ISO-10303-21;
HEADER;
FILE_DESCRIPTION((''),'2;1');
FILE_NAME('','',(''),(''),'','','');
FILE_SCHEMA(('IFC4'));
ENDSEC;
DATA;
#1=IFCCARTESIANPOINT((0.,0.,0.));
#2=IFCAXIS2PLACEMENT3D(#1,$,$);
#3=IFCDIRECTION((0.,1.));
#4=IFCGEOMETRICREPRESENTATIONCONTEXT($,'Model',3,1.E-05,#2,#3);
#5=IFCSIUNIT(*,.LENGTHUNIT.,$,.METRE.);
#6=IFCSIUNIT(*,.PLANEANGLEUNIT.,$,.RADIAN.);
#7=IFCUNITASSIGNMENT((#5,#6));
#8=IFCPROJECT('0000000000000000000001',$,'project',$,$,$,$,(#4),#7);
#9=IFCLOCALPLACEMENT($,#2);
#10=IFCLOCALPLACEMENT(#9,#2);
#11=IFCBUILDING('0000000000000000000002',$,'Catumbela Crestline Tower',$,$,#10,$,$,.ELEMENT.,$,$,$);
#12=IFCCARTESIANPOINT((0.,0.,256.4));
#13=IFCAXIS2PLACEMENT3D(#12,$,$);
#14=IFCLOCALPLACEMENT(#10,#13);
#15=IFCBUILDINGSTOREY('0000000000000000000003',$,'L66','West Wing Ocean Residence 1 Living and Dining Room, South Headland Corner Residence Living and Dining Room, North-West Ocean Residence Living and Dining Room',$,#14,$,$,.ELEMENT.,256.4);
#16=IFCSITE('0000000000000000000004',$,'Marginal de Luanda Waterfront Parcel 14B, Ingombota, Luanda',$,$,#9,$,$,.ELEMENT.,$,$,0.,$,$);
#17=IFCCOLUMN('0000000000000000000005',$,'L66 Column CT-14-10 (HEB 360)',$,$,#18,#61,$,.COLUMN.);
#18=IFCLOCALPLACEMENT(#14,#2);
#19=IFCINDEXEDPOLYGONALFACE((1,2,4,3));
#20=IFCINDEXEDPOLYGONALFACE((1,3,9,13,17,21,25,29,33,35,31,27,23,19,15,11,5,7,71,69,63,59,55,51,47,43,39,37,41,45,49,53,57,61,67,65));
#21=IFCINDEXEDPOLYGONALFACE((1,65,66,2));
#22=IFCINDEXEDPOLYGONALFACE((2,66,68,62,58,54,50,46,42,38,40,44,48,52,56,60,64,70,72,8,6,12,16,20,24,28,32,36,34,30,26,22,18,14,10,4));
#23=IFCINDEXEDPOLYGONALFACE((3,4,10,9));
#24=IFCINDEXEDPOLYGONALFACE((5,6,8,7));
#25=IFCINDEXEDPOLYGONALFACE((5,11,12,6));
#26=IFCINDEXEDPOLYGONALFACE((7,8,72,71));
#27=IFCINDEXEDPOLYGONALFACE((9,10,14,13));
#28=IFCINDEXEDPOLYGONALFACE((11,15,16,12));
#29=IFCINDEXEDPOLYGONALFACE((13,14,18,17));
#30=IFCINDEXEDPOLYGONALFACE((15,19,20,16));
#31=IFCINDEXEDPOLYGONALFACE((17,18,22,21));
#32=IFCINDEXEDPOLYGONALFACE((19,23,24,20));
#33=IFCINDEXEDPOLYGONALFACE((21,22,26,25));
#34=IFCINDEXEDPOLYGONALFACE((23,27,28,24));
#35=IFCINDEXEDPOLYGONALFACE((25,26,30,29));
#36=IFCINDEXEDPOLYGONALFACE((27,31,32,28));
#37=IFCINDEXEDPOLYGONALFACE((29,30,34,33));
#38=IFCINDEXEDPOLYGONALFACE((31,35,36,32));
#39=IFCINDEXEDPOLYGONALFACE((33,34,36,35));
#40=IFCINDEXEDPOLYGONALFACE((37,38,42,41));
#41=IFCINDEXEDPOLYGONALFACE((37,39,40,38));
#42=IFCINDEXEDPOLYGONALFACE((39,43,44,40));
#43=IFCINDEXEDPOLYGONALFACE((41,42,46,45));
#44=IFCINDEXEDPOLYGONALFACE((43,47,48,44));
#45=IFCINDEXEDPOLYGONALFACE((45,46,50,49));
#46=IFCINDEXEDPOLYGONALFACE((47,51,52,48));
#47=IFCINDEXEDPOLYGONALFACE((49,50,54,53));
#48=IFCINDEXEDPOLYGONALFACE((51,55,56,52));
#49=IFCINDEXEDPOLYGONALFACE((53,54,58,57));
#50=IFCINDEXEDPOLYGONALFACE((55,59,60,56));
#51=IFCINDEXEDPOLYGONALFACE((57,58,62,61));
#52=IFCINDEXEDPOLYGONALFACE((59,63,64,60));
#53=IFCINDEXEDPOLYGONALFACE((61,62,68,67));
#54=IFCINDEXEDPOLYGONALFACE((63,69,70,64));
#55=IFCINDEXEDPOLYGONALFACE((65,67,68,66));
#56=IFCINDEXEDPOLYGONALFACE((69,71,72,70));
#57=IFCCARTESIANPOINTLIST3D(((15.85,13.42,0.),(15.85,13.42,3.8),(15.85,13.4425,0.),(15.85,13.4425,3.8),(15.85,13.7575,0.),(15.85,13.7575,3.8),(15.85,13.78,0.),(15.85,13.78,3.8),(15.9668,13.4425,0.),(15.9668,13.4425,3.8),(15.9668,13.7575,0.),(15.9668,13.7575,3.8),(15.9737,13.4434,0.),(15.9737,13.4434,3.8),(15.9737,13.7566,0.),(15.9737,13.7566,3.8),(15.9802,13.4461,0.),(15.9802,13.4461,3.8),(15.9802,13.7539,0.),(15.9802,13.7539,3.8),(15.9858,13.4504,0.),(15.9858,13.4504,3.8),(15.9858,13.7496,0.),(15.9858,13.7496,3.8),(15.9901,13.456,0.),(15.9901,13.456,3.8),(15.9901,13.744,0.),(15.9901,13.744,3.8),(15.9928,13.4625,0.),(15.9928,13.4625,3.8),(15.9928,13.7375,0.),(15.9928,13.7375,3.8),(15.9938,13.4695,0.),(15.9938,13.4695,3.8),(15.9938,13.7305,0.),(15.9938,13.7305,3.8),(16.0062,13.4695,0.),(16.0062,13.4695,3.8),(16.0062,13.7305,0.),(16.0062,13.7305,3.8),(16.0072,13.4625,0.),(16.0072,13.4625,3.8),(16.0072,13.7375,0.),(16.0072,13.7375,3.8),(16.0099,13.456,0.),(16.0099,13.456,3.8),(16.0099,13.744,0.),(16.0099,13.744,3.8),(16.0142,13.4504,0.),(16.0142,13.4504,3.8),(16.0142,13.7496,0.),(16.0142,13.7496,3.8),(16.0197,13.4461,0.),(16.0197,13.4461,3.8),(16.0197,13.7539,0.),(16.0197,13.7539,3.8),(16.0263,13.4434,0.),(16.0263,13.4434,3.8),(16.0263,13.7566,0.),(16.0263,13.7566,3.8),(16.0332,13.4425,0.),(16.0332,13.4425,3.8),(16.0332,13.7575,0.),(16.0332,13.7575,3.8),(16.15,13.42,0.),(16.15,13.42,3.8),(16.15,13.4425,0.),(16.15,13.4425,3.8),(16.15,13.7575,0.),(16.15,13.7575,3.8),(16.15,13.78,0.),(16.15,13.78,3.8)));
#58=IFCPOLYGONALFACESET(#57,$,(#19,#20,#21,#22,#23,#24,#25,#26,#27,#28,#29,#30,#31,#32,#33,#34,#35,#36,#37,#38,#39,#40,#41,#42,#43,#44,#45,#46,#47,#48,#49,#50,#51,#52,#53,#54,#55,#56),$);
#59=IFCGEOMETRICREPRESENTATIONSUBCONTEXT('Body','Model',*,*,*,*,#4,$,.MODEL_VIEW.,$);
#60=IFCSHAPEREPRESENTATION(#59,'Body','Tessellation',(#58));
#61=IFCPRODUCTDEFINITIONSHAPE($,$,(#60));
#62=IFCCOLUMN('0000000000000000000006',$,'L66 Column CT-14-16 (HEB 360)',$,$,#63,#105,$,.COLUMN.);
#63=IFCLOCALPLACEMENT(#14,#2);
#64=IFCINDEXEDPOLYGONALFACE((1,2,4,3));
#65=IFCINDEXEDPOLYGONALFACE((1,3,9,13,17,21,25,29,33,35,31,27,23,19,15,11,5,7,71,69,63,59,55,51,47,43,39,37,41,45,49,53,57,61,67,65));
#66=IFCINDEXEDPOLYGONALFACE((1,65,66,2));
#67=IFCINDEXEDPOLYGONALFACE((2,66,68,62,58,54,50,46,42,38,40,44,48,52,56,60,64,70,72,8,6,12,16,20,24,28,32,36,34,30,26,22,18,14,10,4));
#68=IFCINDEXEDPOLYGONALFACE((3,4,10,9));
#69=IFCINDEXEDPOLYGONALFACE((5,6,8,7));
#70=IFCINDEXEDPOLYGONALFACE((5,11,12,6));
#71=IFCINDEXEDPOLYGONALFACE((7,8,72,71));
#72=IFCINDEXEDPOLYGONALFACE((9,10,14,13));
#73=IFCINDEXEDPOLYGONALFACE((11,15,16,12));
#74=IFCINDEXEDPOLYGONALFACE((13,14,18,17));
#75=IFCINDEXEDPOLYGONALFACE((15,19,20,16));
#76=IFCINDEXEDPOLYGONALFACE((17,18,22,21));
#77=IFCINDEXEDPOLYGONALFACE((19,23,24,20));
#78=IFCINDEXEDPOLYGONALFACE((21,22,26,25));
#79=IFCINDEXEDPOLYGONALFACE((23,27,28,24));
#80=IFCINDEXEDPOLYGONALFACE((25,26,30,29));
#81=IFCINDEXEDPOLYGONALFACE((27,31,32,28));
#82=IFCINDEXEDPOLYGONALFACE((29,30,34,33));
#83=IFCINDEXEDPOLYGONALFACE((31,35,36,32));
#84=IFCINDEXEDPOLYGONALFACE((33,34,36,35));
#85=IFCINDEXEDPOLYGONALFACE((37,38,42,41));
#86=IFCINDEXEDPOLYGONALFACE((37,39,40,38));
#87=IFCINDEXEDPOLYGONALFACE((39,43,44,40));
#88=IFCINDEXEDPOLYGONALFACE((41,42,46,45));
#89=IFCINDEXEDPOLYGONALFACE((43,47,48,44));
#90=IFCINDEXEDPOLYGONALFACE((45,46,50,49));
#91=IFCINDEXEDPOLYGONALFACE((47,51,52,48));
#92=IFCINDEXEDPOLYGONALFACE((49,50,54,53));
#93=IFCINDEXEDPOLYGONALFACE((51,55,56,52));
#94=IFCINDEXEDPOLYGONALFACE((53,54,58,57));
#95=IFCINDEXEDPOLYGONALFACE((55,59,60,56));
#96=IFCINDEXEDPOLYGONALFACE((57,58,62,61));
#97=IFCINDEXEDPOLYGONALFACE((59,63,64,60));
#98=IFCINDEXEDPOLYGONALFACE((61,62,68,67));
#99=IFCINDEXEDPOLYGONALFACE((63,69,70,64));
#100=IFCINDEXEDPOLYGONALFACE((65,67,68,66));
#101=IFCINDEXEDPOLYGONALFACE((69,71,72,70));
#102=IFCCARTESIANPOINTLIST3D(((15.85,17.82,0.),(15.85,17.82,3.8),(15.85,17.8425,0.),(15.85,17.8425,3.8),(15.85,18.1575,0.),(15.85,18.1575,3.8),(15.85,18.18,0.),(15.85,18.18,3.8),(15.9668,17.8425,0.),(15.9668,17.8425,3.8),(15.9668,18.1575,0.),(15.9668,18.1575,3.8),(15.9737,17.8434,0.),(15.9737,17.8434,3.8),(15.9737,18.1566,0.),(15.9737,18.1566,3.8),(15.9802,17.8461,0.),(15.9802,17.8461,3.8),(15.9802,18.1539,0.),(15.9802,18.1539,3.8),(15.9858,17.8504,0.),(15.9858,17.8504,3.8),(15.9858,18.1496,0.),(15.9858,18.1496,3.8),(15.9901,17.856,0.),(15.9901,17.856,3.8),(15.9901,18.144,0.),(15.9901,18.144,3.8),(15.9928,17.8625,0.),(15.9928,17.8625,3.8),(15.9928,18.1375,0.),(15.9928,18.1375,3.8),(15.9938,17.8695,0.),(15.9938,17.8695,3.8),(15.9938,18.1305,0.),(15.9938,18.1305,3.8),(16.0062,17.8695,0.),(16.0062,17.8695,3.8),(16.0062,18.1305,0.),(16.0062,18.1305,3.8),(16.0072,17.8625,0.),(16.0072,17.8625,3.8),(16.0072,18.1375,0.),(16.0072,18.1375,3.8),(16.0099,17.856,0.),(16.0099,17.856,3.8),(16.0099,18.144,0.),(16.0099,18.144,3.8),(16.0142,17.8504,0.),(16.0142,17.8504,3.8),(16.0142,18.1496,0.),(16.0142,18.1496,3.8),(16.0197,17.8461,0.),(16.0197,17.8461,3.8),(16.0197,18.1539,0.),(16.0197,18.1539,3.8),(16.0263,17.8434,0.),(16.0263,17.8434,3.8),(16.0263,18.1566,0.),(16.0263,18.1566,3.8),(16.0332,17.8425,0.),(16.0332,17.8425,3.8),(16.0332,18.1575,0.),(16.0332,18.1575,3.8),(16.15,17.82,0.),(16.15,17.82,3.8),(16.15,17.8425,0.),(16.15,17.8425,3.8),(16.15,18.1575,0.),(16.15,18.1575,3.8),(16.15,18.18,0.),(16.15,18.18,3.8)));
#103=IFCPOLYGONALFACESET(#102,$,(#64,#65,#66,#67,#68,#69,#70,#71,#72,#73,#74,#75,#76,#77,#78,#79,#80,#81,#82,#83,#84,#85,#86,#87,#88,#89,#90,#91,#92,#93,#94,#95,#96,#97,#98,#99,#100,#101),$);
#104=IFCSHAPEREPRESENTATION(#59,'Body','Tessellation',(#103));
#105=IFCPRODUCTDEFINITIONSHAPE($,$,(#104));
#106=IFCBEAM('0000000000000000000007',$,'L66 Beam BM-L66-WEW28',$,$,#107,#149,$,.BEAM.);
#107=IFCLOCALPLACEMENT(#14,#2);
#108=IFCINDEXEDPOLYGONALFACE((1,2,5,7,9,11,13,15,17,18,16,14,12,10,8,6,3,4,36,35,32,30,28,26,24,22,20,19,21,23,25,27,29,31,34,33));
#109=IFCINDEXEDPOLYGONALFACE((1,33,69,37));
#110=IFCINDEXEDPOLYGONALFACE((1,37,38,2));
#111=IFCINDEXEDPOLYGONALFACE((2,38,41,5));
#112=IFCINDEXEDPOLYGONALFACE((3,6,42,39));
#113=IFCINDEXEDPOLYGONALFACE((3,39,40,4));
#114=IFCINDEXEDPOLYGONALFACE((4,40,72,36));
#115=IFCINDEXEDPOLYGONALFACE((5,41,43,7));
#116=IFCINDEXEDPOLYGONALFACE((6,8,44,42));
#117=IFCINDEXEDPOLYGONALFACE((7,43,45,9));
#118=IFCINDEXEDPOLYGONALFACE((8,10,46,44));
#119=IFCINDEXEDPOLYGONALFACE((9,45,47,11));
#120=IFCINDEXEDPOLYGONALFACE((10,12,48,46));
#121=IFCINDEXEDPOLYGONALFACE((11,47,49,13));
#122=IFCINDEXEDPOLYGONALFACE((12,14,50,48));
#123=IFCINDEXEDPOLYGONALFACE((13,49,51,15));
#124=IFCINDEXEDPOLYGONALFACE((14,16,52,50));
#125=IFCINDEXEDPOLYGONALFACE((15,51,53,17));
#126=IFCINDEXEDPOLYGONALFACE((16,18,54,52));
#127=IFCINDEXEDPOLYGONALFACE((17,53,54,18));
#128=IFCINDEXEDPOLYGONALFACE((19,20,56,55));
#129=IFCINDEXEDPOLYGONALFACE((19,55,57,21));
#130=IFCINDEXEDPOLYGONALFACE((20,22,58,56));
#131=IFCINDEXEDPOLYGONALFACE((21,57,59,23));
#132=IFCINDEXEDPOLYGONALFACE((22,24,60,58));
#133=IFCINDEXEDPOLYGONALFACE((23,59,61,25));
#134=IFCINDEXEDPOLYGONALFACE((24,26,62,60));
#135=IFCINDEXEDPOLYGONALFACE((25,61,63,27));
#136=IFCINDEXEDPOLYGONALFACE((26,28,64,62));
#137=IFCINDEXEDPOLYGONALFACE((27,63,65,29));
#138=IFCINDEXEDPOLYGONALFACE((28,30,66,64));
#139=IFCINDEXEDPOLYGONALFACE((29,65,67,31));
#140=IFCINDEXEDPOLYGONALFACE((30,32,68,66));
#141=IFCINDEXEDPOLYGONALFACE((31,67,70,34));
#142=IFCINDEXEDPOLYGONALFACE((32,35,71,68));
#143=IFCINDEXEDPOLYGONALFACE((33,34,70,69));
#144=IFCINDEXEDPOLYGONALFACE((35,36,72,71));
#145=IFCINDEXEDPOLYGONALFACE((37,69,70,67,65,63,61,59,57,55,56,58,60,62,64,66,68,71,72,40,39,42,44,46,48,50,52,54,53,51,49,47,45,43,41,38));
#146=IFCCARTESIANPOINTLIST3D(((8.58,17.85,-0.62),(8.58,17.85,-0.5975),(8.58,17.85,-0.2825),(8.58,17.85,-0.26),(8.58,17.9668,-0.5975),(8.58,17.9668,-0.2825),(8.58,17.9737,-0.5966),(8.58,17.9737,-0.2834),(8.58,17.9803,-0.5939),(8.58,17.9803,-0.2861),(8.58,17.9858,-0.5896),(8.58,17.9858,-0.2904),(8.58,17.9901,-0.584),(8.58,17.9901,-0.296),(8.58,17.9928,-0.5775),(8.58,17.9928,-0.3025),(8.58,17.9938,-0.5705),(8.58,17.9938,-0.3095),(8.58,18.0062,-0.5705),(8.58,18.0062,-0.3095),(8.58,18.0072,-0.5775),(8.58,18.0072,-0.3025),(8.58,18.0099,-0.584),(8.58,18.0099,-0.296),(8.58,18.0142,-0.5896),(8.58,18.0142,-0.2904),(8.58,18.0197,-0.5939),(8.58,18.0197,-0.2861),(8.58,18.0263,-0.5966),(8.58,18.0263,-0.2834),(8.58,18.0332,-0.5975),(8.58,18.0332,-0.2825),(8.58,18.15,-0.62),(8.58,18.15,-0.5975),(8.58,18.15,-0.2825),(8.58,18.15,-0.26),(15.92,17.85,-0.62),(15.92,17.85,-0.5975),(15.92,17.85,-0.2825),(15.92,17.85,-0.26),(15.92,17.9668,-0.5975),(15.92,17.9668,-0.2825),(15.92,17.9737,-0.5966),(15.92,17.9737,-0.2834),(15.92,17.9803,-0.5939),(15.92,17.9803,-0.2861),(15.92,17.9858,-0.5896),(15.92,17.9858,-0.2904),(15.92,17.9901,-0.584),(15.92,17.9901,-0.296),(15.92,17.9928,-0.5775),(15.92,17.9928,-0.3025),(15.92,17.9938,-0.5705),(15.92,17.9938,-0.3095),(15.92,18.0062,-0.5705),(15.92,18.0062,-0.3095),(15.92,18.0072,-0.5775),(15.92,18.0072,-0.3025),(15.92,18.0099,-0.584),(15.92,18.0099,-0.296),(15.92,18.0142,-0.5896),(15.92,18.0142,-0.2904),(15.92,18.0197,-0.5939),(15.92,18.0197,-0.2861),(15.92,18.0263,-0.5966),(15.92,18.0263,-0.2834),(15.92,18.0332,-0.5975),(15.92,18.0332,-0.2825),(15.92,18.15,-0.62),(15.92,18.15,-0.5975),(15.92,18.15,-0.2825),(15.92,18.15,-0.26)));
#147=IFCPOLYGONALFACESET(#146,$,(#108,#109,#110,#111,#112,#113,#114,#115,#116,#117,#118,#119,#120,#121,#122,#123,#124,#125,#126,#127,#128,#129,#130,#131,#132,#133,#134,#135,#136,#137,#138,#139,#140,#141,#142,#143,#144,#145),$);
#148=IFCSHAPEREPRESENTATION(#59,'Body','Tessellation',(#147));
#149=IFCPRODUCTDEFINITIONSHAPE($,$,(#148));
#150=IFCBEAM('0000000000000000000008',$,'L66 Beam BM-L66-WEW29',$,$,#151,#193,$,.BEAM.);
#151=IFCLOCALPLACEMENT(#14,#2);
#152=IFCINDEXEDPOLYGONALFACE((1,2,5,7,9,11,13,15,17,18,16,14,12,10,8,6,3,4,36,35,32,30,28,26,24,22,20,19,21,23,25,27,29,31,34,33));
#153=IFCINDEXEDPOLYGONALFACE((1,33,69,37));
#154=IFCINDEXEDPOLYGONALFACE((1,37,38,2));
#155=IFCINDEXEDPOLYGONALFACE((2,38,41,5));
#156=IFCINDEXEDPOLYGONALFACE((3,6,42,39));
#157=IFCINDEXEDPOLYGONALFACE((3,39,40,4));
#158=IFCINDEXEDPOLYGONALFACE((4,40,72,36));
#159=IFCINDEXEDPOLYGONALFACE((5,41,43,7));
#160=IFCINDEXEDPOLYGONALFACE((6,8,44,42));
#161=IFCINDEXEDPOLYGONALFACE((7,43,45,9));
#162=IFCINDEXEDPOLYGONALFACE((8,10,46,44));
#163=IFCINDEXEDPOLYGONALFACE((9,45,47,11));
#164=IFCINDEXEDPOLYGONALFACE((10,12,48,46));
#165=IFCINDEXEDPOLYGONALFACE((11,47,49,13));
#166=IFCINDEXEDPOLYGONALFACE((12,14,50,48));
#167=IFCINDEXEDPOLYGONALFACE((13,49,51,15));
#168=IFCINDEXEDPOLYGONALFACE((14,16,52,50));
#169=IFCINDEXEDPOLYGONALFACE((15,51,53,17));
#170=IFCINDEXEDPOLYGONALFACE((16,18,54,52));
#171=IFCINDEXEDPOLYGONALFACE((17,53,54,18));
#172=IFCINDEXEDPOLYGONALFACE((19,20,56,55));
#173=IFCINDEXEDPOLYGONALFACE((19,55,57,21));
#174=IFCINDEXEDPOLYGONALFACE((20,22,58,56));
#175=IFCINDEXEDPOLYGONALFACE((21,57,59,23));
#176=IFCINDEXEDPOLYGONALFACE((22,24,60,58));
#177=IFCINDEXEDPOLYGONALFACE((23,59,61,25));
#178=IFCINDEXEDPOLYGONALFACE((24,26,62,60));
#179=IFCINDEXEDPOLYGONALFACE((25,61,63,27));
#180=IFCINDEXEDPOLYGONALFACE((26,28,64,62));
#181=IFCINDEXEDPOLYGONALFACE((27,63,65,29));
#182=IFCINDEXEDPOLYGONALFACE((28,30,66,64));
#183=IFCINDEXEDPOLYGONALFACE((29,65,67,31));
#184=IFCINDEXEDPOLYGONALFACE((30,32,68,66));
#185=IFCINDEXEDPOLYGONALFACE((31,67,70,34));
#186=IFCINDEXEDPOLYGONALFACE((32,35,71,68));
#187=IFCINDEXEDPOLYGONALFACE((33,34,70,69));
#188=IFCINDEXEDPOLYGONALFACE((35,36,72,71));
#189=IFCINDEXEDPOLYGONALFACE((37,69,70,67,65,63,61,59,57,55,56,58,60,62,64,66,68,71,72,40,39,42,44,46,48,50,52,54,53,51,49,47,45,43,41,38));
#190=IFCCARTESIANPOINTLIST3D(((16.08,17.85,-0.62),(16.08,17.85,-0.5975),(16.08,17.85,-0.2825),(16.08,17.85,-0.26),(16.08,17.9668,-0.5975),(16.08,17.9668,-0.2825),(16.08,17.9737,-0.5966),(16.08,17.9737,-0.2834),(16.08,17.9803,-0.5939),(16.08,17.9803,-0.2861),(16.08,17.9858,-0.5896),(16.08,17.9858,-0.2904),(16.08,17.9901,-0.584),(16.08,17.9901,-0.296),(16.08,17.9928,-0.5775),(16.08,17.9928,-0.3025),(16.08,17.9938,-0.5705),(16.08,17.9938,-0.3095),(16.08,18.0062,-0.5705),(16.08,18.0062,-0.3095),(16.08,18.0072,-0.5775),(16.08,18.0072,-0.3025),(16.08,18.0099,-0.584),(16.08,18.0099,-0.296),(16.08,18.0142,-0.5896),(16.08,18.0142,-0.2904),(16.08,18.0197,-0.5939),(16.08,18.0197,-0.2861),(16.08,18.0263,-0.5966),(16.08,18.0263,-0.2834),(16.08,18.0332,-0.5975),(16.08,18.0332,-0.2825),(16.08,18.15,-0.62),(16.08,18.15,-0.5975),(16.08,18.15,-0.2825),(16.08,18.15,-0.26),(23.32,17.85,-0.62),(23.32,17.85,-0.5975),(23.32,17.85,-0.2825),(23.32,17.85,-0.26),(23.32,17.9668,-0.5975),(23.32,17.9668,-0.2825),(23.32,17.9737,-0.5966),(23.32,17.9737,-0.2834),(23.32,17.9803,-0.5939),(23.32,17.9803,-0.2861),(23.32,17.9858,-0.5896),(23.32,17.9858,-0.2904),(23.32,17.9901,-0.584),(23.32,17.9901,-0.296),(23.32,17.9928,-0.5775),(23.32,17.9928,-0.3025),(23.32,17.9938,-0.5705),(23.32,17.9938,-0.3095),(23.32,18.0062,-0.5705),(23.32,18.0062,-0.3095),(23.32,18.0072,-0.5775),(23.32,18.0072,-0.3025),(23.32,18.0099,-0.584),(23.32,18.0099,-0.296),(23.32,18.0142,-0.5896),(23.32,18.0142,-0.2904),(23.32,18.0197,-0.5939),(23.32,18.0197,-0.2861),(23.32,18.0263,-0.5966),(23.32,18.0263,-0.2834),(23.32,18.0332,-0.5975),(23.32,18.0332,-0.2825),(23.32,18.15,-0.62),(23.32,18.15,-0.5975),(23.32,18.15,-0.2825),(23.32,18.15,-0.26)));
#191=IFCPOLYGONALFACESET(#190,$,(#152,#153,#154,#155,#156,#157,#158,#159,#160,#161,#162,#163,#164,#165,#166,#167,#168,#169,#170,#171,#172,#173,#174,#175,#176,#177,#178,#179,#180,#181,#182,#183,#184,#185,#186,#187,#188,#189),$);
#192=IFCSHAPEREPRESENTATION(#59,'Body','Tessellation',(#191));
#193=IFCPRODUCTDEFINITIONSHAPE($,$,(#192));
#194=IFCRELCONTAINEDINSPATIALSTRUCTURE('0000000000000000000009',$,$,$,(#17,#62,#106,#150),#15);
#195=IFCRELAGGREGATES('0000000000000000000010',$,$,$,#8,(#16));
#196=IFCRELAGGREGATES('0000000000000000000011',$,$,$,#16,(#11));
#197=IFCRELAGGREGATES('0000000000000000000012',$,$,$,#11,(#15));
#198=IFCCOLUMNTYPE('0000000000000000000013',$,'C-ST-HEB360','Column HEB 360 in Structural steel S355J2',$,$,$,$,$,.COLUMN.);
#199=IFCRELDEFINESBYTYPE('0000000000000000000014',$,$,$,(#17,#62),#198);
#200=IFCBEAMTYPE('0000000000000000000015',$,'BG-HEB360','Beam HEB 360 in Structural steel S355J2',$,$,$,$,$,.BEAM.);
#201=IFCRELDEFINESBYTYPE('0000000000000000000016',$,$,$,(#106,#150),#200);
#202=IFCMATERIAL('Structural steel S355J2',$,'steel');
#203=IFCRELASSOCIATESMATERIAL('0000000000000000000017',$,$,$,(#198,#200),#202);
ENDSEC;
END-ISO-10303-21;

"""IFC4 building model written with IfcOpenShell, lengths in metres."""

from ifc_helpers import new_model, si_unit, direction, frame, origin, origin_2d, place, context, subcontext, project, spatial, i_section, extrude, material, material_profile, profile_set, type_object, element, save


model = new_model("IFC4")

# Units and contexts
model_context = context("Model", 3, precision=1e-05, world=origin(), true_north=direction((0.0, 1.0)))
body_context = subcontext(model_context, "Body", "Model", "MODEL_VIEW")
ifc_project = project(units=[si_unit("LENGTHUNIT", "METRE"), si_unit("PLANEANGLEUNIT", "RADIAN")], contexts=[model_context])

# Site, building, storey
site_placement = place(None, origin())
site = spatial("IfcSite", under=ifc_project, at=site_placement, Name="Marginal de Luanda Waterfront Parcel 14B, Ingombota, Luanda", CompositionType="ELEMENT", RefElevation=0.0)
building_placement = place(site_placement, origin())
building = spatial("IfcBuilding", under=site, at=building_placement, Name="Catumbela Crestline Tower", CompositionType="ELEMENT")
storey_placement = place(building_placement, frame((0.0, 0.0, 256.4)))
storey = spatial("IfcBuildingStorey", under=building, at=storey_placement, Name="L66", Description="West Wing Ocean Residence 1 Living and Dining Room, South Headland Corner Residence Living and Dining Room, North-West Ocean Residence Living and Dining Room", CompositionType="ELEMENT", Elevation=256.4)

# Columns
ifc_material_1 = material(Name="Structural steel S355J2", Category="steel")
ifc_material_profile_1 = material_profile(ifc_material_1, i_section(OverallWidth=0.3, OverallDepth=0.36, WebThickness=0.0125, FlangeThickness=0.0225, FilletRadius=0.027, at=origin_2d()), Name="HEB 360")
ifc_profile_set_1 = profile_set([ifc_material_profile_1], Name="Structural steel S355J2")
column_type = type_object("IfcColumnType", Name="C-ST-HEB360", Description="Column HEB 360 in Structural steel S355J2", PredefinedType="COLUMN", material=ifc_profile_set_1)
for number, where, z_axis, x_axis, name in (
    (1, (16.0, 13.6, 0.0), (0.0, 0.0, 1.0), (1.0, 0.0, 0.0), "L66 Column CT-14-10 (HEB 360)"),
    (2, (16.0, 18.0, 0.0), (0.0, 0.0, 1.0), (1.0, 0.0, 0.0), "L66 Column CT-14-16 (HEB 360)"),
):
    element("IfcColumn", number, at=place(storey_placement, frame(where, z_axis=z_axis, x_axis=x_axis)), inside=storey, type_object=column_type, Name=name, PredefinedType="COLUMN", context=body_context, shape_type="SweptSolid", body=[
        extrude(i_section(OverallWidth=0.3, OverallDepth=0.36, WebThickness=0.0125, FlangeThickness=0.0225, FilletRadius=0.027, at=origin_2d()), origin(), (0.0, 0.0, 1.0), 3.8),
    ])

# Beams
ifc_material_profile_2 = material_profile(ifc_material_1, i_section(OverallWidth=0.3, OverallDepth=0.36, WebThickness=0.0125, FlangeThickness=0.0225, FilletRadius=0.027, at=origin_2d()), Name="HEB 360")
ifc_profile_set_2 = profile_set([ifc_material_profile_2], Name="Structural steel S355J2")
beam_type_1 = type_object("IfcBeamType", Name="BG-HEB360", Description="Beam HEB 360 in Structural steel S355J2", PredefinedType="BEAM", material=ifc_profile_set_2)
beam_1_placement = place(storey_placement, frame((8.58, 18.0, -0.44), z_axis=(1.0, 0.0, 0.0), x_axis=(0.0, 1.0, 0.0)))
element("IfcBeam", 3, at=beam_1_placement, inside=storey, type_object=beam_type_1, Name="L66 Beam BM-L66-WEW28", PredefinedType="BEAM", context=body_context, shape_type="SweptSolid", body=[
    extrude(i_section(OverallWidth=0.3, OverallDepth=0.36, WebThickness=0.0125, FlangeThickness=0.0225, FilletRadius=0.027, at=origin_2d()), origin(), (0.0, 0.0, 1.0), 7.34),
])
beam_2_placement = place(storey_placement, frame((16.08, 18.0, -0.44), z_axis=(1.0, 0.0, 0.0), x_axis=(0.0, 1.0, 0.0)))
element("IfcBeam", 4, at=beam_2_placement, inside=storey, type_object=beam_type_1, Name="L66 Beam BM-L66-WEW29", PredefinedType="BEAM", context=body_context, shape_type="SweptSolid", body=[
    extrude(i_section(OverallWidth=0.3, OverallDepth=0.36, WebThickness=0.0125, FlangeThickness=0.0225, FilletRadius=0.027, at=origin_2d()), origin(), (0.0, 0.0, 1.0), 7.24),
])

save(model, "model.ifc")
